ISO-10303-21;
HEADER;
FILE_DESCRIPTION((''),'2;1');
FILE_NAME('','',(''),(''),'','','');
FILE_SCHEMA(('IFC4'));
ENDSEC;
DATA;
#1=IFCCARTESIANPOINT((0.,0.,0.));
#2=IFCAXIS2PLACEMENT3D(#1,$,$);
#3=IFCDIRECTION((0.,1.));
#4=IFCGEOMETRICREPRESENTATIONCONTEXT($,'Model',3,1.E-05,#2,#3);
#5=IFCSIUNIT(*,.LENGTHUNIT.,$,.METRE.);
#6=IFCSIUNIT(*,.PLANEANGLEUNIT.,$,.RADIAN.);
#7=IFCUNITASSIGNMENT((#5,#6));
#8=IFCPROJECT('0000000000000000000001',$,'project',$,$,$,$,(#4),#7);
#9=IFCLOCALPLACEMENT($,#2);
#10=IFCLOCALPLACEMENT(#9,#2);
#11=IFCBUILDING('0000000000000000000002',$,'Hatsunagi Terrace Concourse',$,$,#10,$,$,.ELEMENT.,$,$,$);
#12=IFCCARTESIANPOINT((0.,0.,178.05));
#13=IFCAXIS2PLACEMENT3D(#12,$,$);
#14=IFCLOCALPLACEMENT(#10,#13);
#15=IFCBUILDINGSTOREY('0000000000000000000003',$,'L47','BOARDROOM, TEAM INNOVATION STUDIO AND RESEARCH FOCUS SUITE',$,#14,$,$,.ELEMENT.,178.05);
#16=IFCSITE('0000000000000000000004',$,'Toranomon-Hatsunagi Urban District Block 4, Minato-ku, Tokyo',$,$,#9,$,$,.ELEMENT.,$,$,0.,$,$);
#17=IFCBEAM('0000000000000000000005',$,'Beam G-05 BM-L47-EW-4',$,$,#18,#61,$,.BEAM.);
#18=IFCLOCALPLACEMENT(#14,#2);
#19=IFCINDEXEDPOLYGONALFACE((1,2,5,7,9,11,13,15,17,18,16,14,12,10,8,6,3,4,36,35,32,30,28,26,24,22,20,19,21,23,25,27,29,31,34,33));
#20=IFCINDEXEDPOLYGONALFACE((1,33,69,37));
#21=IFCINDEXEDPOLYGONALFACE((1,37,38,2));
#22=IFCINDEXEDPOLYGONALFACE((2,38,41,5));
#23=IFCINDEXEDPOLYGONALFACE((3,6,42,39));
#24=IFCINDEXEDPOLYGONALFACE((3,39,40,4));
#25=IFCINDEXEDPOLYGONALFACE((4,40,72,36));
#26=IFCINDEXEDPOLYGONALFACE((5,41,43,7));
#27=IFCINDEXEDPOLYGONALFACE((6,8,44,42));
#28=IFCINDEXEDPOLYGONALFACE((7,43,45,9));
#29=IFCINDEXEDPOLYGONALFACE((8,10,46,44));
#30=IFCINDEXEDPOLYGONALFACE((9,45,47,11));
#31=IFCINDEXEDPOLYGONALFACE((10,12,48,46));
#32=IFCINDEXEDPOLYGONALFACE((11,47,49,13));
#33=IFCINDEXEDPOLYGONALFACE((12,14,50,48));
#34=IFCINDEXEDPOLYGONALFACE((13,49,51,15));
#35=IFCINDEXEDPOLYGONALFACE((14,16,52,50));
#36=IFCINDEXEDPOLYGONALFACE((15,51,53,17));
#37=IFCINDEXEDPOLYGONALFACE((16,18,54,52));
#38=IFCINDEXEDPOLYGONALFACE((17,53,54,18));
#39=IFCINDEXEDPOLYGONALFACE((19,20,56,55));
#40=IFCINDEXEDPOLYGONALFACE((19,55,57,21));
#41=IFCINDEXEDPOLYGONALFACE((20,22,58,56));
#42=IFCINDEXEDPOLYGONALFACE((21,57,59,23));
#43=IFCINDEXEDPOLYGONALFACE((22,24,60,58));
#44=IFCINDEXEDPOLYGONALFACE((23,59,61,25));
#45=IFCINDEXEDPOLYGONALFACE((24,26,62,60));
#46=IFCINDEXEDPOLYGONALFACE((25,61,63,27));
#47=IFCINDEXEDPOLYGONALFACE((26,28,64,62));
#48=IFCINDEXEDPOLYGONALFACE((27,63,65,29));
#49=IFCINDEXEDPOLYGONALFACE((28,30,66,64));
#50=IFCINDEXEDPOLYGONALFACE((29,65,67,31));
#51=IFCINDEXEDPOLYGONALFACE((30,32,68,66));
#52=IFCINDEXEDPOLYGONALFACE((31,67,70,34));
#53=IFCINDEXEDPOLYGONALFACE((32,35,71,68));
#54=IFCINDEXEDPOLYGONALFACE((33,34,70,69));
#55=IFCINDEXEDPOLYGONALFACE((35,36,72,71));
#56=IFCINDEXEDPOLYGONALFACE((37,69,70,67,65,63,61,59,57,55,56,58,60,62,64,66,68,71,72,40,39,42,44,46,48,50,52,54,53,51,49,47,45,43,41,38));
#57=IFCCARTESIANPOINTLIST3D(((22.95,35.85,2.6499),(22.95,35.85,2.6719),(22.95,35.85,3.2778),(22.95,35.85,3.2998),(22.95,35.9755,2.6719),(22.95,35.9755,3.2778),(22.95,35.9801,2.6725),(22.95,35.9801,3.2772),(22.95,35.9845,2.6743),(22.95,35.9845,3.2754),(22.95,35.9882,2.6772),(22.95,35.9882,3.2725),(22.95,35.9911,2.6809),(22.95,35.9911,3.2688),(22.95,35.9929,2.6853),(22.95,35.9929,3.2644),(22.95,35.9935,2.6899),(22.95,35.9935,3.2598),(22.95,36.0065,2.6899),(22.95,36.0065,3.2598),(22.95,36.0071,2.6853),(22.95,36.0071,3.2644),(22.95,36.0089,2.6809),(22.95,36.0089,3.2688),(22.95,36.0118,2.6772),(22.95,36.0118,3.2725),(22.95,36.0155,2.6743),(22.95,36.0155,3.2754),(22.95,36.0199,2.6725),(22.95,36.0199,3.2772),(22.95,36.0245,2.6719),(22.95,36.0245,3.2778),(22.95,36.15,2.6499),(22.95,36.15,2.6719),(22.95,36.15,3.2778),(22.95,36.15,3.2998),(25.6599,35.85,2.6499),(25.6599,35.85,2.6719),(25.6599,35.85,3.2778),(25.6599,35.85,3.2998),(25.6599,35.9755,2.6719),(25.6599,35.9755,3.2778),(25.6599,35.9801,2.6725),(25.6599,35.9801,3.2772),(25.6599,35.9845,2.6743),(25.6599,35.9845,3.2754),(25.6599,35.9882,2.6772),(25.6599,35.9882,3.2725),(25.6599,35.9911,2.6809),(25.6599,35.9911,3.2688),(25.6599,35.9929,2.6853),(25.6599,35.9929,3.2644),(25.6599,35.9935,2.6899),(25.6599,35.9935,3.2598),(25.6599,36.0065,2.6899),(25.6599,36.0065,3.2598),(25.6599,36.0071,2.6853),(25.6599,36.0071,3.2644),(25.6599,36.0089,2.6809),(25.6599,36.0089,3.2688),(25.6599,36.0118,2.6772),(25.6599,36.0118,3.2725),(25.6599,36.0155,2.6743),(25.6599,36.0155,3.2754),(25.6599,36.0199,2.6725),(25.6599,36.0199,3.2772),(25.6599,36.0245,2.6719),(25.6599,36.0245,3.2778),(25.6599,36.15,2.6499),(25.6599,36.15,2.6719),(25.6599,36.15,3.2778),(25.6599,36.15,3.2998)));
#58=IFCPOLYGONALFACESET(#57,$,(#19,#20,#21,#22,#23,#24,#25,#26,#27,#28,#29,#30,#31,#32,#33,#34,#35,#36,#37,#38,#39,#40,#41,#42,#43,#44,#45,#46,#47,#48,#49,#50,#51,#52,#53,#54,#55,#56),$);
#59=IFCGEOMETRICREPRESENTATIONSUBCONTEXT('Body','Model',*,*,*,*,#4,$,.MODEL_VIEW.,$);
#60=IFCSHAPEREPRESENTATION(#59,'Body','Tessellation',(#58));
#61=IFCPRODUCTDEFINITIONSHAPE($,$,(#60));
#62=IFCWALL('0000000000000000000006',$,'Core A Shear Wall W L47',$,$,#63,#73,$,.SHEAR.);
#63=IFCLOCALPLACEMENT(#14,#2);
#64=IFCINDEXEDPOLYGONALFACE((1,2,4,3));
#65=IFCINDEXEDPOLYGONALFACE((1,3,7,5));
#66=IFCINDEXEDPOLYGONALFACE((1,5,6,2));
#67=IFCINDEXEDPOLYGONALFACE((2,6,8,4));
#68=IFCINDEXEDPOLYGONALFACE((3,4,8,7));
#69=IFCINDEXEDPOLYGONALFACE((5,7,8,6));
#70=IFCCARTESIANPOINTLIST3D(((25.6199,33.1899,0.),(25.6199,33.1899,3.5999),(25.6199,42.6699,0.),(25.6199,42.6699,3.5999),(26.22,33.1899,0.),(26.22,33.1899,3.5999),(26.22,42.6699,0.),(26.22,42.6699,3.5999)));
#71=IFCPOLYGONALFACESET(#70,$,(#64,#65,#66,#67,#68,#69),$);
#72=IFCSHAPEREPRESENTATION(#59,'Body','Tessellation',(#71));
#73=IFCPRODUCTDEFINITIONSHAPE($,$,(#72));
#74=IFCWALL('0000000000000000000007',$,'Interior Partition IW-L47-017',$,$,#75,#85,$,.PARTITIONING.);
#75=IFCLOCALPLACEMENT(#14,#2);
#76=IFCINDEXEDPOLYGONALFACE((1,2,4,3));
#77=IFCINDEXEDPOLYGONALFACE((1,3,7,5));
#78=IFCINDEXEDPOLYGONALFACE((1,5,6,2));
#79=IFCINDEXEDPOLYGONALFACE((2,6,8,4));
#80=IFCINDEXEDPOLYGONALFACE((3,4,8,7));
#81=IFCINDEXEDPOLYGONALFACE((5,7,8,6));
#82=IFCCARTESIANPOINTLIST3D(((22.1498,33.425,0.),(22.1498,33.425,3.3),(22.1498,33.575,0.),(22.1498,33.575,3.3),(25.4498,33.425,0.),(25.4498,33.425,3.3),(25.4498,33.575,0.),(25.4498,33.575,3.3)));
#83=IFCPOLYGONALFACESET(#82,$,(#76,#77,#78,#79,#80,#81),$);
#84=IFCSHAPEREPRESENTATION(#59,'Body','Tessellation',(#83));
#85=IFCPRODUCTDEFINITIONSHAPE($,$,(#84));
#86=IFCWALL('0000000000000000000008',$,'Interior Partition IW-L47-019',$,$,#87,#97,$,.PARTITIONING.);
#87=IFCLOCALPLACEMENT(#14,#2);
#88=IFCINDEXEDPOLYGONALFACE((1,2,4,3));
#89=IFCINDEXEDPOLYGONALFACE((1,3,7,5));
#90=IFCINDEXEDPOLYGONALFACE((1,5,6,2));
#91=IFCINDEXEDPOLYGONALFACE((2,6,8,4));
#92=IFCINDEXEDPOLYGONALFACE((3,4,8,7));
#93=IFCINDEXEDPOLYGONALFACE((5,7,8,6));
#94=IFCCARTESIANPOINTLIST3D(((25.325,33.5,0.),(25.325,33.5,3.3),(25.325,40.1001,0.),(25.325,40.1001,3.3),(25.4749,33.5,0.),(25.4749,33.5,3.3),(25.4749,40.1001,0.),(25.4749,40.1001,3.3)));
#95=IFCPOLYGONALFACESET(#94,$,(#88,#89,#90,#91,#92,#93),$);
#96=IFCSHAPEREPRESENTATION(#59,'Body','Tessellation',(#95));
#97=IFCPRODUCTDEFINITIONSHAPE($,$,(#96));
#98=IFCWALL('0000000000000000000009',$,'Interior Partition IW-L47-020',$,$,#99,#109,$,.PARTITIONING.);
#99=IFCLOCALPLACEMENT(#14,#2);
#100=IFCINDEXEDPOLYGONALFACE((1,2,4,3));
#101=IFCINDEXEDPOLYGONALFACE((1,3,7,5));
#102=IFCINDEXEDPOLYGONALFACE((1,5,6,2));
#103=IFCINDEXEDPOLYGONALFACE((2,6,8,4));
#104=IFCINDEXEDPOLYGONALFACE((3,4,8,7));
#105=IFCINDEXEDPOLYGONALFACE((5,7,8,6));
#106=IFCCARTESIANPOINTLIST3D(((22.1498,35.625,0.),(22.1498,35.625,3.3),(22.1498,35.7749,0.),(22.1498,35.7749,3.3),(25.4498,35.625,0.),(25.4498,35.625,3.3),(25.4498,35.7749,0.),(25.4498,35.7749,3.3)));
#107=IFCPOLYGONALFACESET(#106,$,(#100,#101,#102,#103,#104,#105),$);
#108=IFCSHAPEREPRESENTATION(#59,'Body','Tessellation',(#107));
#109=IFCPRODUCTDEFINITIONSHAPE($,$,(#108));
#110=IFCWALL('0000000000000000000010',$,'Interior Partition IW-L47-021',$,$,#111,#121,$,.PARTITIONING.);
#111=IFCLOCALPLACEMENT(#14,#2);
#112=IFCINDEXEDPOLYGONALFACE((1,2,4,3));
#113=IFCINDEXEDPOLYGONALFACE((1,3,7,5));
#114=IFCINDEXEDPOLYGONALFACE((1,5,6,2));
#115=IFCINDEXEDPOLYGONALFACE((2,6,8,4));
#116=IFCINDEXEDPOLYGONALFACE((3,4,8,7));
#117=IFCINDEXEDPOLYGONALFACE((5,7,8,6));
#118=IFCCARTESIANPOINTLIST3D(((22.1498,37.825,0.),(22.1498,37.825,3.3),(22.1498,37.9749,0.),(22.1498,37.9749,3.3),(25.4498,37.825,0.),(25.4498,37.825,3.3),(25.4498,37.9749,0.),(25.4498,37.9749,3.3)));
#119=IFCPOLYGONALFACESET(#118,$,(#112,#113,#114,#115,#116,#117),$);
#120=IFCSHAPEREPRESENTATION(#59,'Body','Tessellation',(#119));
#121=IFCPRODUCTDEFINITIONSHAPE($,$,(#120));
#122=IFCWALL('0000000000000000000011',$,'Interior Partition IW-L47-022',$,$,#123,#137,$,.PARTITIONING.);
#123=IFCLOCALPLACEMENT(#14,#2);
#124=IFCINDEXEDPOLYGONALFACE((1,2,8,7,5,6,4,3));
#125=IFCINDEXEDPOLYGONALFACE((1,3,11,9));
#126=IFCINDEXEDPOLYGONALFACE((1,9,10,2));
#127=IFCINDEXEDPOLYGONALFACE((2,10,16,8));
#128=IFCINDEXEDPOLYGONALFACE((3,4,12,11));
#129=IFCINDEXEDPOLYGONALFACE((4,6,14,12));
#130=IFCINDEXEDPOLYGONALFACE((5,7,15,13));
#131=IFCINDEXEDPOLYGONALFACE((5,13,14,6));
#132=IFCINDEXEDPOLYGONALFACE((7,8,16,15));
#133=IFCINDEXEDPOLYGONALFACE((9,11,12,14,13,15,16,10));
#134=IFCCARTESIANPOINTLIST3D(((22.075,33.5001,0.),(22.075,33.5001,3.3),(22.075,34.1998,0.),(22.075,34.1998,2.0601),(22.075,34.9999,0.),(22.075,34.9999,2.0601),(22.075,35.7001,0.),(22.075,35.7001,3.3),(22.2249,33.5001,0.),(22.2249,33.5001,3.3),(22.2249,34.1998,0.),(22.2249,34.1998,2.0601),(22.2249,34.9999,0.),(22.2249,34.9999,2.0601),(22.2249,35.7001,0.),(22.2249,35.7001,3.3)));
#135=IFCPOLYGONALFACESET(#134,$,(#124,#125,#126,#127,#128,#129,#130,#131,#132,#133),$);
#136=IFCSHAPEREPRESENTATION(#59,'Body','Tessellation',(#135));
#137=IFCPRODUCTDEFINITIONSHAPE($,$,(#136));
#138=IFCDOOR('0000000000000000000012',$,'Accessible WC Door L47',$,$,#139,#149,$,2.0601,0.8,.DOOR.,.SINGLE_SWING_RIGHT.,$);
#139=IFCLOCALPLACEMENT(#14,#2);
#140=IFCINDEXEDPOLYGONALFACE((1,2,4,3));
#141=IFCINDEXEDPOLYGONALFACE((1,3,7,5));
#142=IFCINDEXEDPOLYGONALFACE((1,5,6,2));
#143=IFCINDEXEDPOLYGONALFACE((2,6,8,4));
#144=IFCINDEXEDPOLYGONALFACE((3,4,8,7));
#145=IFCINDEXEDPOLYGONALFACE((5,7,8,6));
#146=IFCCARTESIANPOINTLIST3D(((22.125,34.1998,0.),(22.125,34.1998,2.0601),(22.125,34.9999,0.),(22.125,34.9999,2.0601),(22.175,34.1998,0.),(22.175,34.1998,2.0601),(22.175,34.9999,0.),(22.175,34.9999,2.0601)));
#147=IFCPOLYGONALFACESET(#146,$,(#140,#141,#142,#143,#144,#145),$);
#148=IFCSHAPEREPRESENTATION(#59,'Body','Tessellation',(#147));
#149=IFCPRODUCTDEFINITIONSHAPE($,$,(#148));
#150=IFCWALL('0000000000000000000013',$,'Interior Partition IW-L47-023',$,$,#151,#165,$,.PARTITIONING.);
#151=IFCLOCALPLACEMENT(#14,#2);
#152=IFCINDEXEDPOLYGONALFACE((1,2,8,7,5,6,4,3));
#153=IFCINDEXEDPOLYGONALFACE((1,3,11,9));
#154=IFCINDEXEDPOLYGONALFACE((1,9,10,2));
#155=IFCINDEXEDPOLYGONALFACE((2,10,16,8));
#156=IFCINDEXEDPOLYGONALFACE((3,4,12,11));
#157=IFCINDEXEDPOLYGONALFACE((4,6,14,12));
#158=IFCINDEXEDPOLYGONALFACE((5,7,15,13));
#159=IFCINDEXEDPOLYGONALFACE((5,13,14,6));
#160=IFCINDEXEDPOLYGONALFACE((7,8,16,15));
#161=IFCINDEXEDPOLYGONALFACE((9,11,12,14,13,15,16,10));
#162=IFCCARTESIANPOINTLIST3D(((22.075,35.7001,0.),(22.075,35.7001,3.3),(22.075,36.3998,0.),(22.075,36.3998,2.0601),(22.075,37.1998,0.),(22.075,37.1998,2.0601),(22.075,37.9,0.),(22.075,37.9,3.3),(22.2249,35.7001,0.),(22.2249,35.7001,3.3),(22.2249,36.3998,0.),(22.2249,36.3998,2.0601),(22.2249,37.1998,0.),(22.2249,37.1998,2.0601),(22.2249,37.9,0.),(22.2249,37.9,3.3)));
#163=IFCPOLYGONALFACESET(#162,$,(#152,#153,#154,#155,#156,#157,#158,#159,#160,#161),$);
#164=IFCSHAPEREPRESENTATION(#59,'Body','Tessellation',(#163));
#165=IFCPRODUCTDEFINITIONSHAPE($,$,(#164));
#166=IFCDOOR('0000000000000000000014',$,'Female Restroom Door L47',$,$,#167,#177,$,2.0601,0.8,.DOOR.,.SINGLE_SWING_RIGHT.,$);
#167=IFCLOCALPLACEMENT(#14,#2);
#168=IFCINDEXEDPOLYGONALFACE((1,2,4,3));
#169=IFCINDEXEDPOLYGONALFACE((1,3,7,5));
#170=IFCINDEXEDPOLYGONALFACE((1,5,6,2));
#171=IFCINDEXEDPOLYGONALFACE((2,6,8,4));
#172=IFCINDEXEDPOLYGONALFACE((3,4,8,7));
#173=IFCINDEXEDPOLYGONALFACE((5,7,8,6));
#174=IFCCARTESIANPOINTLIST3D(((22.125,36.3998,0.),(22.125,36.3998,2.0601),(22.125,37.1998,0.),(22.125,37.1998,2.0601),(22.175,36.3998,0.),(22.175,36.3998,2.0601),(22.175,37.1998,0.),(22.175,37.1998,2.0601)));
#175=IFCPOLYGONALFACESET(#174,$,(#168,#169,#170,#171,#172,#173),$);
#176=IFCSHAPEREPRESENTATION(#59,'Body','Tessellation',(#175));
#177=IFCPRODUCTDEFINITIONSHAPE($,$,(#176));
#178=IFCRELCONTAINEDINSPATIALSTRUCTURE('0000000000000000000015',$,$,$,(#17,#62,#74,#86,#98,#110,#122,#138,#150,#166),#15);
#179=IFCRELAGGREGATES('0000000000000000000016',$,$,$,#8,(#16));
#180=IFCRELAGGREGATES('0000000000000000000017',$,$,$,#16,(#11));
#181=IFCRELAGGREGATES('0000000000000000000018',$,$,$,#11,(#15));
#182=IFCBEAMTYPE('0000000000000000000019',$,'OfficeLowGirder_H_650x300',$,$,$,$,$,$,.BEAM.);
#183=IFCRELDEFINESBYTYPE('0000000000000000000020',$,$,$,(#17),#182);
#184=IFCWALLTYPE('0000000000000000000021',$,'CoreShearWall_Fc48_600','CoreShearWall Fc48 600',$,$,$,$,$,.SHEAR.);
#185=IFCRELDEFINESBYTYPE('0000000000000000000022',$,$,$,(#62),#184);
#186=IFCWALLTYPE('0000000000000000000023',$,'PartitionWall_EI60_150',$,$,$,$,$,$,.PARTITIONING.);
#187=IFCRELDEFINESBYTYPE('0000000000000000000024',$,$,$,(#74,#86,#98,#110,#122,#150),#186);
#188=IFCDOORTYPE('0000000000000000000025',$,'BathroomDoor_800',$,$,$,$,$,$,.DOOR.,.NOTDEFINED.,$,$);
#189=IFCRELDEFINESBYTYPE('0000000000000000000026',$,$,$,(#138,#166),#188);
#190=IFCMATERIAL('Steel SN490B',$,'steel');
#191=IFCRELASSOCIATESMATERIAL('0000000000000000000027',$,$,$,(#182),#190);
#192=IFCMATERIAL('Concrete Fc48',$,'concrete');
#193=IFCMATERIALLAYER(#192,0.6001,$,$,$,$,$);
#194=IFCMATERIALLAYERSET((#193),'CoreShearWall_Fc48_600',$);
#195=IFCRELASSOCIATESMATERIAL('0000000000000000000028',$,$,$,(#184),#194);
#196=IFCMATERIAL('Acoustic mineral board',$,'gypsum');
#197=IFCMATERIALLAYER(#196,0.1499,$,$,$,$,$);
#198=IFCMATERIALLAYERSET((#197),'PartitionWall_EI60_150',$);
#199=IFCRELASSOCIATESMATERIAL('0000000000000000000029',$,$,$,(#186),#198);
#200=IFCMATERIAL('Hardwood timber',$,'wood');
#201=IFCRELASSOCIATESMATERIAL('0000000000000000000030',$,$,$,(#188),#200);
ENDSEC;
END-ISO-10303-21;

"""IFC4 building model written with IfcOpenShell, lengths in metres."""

from ifc_helpers import new_model, si_unit, direction, frame, frame_2d, origin, origin_2d, place, context, subcontext, project, spatial, rectangle, i_section, extrude, material, layer, layer_set, material_profile, profile_set, type_object, element, fill, save


model = new_model("IFC4")

# Units and contexts
model_context = context("Model", 3, precision=1e-05, world=origin(), true_north=direction((0.0, 1.0)))
body_context = subcontext(model_context, "Body", "Model", "MODEL_VIEW")
ifc_project = project(units=[si_unit("LENGTHUNIT", "METRE"), si_unit("PLANEANGLEUNIT", "RADIAN")], contexts=[model_context])

# Site, building, storey
site_placement = place(None, origin())
site = spatial("IfcSite", under=ifc_project, at=site_placement, Name="Toranomon-Hatsunagi Urban District Block 4, Minato-ku, Tokyo", CompositionType="ELEMENT", RefElevation=0.0)
building_placement = place(site_placement, origin())
building = spatial("IfcBuilding", under=site, at=building_placement, Name="Hatsunagi Terrace Concourse", CompositionType="ELEMENT")
storey_placement = place(building_placement, frame((0.0, 0.0, 178.05)))
storey = spatial("IfcBuildingStorey", under=building, at=storey_placement, Name="L47", Description="BOARDROOM, TEAM INNOVATION STUDIO AND RESEARCH FOCUS SUITE", CompositionType="ELEMENT", Elevation=178.05)

# Beam
ifc_material_1 = material(Name="Steel SN490B", Category="steel")
ifc_material_profile_1 = material_profile(ifc_material_1, i_section(OverallWidth=0.3, OverallDepth=0.6499, WebThickness=0.0129, FlangeThickness=0.022, FilletRadius=0.0181, at=origin_2d()), Name="H-650x300x13x22")
ifc_profile_set_1 = profile_set([ifc_material_profile_1], Name="Steel SN490B")
beam_type_1 = type_object("IfcBeamType", Name="OfficeLowGirder_H_650x300", PredefinedType="BEAM", material=ifc_profile_set_1)
beam_placement = place(storey_placement, frame((22.95, 36.0, 2.9749), z_axis=(1.0, 0.0, 0.0), x_axis=(0.0, 1.0, 0.0)))
element("IfcBeam", 1, at=beam_placement, inside=storey, type_object=beam_type_1, Name="Beam G-05 BM-L47-EW-4", PredefinedType="BEAM", context=body_context, shape_type="SweptSolid", body=[
    extrude(i_section(OverallWidth=0.3, OverallDepth=0.6499, WebThickness=0.0129, FlangeThickness=0.022, FilletRadius=0.0181, at=origin_2d()), origin(), (0.0, 0.0, 1.0), 2.71),
])

# Shared definitions
ifc_material_2 = material(Name="Concrete Fc48", Category="concrete")
ifc_layer_1 = layer(ifc_material_2, 0.6001)
ifc_layer_set_1 = layer_set([ifc_layer_1], Name="CoreShearWall_Fc48_600")
wall_type_1 = type_object("IfcWallType", Name="CoreShearWall_Fc48_600", Description="CoreShearWall Fc48 600", PredefinedType="SHEAR", material=ifc_layer_set_1)

# Walls
wall_1_placement = place(storey_placement, frame((25.9199, 33.1899, 0.0), z_axis=(0.0, 0.0, 1.0), x_axis=(0.0, 1.0, 0.0)))
element("IfcWall", 2, at=wall_1_placement, inside=storey, type_object=wall_type_1, Name="Core A Shear Wall W L47", PredefinedType="SHEAR", context=body_context, shape_type="SweptSolid", body=[
    extrude(rectangle(XDim=9.48, YDim=0.6001, at=frame_2d((4.74, 0.0))), origin(), (0.0, 0.0, 1.0), 3.5999),
])
ifc_material_3 = material(Name="Acoustic mineral board", Category="gypsum")
ifc_layer_2 = layer(ifc_material_3, 0.1499)
ifc_layer_set_2 = layer_set([ifc_layer_2], Name="PartitionWall_EI60_150")
wall_type_2 = type_object("IfcWallType", Name="PartitionWall_EI60_150", PredefinedType="PARTITIONING", material=ifc_layer_set_2)
wall_2_placement = place(storey_placement, frame((22.1499, 33.5, 0.0), z_axis=(0.0, 0.0, 1.0), x_axis=(1.0, 0.0, 0.0)))
element("IfcWall", 3, at=wall_2_placement, inside=storey, type_object=wall_type_2, Name="Interior Partition IW-L47-017", PredefinedType="PARTITIONING", context=body_context, shape_type="SweptSolid", body=[
    extrude(rectangle(XDim=3.3, YDim=0.1499, at=frame_2d((1.6499, 0.0))), origin(), (0.0, 0.0, 1.0), 3.3),
])
wall_3_placement = place(storey_placement, frame((25.3999, 33.5, 0.0), z_axis=(0.0, 0.0, 1.0), x_axis=(0.0, 1.0, 0.0)))
element("IfcWall", 4, at=wall_3_placement, inside=storey, type_object=wall_type_2, Name="Interior Partition IW-L47-019", PredefinedType="PARTITIONING", context=body_context, shape_type="SweptSolid", body=[
    extrude(rectangle(XDim=6.6001, YDim=0.1499, at=frame_2d((3.3, 0.0))), origin(), (0.0, 0.0, 1.0), 3.3),
])
for number, where, z_axis, x_axis, name in (
    (5, (22.1499, 35.7, 0.0), (0.0, 0.0, 1.0), (1.0, 0.0, 0.0), "Interior Partition IW-L47-020"),
    (6, (22.1499, 37.8999, 0.0), (0.0, 0.0, 1.0), (1.0, 0.0, 0.0), "Interior Partition IW-L47-021"),
):
    element("IfcWall", number, at=place(storey_placement, frame(where, z_axis=z_axis, x_axis=x_axis)), inside=storey, type_object=wall_type_2, Name=name, PredefinedType="PARTITIONING", context=body_context, shape_type="SweptSolid", body=[
        extrude(rectangle(XDim=3.3, YDim=0.1499, at=frame_2d((1.6499, 0.0))), origin(), (0.0, 0.0, 1.0), 3.3),
    ])

# Walls, openings, doors
wall_4_placement = place(storey_placement, frame((22.1499, 33.5, 0.0), z_axis=(0.0, 0.0, 1.0), x_axis=(0.0, 1.0, 0.0)))
wall_4 = element("IfcWall", 7, at=wall_4_placement, inside=storey, type_object=wall_type_2, Name="Interior Partition IW-L47-022", PredefinedType="PARTITIONING", context=body_context, shape_type="SweptSolid", body=[
    extrude(rectangle(XDim=2.2, YDim=0.1499, at=frame_2d((1.1001, 0.0))), origin(), (0.0, 0.0, 1.0), 3.3),
])
opening_1_placement = place(wall_4_placement, frame((0.7, 0.0, 0.0)))
opening_1 = element("IfcOpeningElement", 8, at=opening_1_placement, cuts=wall_4, PredefinedType="OPENING", context=body_context, shape_type="SweptSolid", body=[
    extrude(rectangle(XDim=0.8, YDim=2.0601, at=frame_2d((0.3999, 1.03))), frame((0.0, 0.085, 0.0), z_axis=(0.0, -1.0, 0.0), x_axis=(1.0, 0.0, 0.0)), (0.0, 0.0, 1.0), 0.1699),
])
ifc_material_4 = material(Name="Hardwood timber", Category="wood")
door_type_1 = type_object("IfcDoorType", Name="BathroomDoor_800", OperationType="NOTDEFINED", PredefinedType="DOOR", material=ifc_material_4)
door_1_placement = place(opening_1_placement, origin())
door_1 = element("IfcDoor", 9, at=door_1_placement, inside=storey, type_object=door_type_1, Name="Accessible WC Door L47", OperationType="SINGLE_SWING_RIGHT", OverallHeight=2.0601, OverallWidth=0.8, PredefinedType="DOOR", context=body_context, shape_type="SweptSolid", body=[
    extrude(rectangle(XDim=0.8, YDim=2.0601, at=frame_2d((0.3999, 1.03))), frame((0.0, 0.0249, 0.0), z_axis=(0.0, -1.0, 0.0), x_axis=(1.0, 0.0, 0.0)), (0.0, 0.0, 1.0), 0.05),
])
fill(opening_1, door_1)
wall_5_placement = place(storey_placement, frame((22.1499, 35.7, 0.0), z_axis=(0.0, 0.0, 1.0), x_axis=(0.0, 1.0, 0.0)))
wall_5 = element("IfcWall", 10, at=wall_5_placement, inside=storey, type_object=wall_type_2, Name="Interior Partition IW-L47-023", PredefinedType="PARTITIONING", context=body_context, shape_type="SweptSolid", body=[
    extrude(rectangle(XDim=2.2, YDim=0.1499, at=frame_2d((1.1001, 0.0))), origin(), (0.0, 0.0, 1.0), 3.3),
])
opening_2_placement = place(wall_5_placement, frame((0.7, 0.0, 0.0)))
opening_2 = element("IfcOpeningElement", 11, at=opening_2_placement, cuts=wall_5, PredefinedType="OPENING", context=body_context, shape_type="SweptSolid", body=[
    extrude(rectangle(XDim=0.8, YDim=2.0601, at=frame_2d((0.3999, 1.03))), frame((0.0, 0.085, 0.0), z_axis=(0.0, -1.0, 0.0), x_axis=(1.0, 0.0, 0.0)), (0.0, 0.0, 1.0), 0.1699),
])
door_2_placement = place(opening_2_placement, origin())
door_2 = element("IfcDoor", 12, at=door_2_placement, inside=storey, type_object=door_type_1, Name="Female Restroom Door L47", OperationType="SINGLE_SWING_RIGHT", OverallHeight=2.0601, OverallWidth=0.8, PredefinedType="DOOR", context=body_context, shape_type="SweptSolid", body=[
    extrude(rectangle(XDim=0.8, YDim=2.0601, at=frame_2d((0.3999, 1.03))), frame((0.0, 0.0249, 0.0), z_axis=(0.0, -1.0, 0.0), x_axis=(1.0, 0.0, 0.0)), (0.0, 0.0, 1.0), 0.05),
])
fill(opening_2, door_2)

save(model, "model.ifc")
